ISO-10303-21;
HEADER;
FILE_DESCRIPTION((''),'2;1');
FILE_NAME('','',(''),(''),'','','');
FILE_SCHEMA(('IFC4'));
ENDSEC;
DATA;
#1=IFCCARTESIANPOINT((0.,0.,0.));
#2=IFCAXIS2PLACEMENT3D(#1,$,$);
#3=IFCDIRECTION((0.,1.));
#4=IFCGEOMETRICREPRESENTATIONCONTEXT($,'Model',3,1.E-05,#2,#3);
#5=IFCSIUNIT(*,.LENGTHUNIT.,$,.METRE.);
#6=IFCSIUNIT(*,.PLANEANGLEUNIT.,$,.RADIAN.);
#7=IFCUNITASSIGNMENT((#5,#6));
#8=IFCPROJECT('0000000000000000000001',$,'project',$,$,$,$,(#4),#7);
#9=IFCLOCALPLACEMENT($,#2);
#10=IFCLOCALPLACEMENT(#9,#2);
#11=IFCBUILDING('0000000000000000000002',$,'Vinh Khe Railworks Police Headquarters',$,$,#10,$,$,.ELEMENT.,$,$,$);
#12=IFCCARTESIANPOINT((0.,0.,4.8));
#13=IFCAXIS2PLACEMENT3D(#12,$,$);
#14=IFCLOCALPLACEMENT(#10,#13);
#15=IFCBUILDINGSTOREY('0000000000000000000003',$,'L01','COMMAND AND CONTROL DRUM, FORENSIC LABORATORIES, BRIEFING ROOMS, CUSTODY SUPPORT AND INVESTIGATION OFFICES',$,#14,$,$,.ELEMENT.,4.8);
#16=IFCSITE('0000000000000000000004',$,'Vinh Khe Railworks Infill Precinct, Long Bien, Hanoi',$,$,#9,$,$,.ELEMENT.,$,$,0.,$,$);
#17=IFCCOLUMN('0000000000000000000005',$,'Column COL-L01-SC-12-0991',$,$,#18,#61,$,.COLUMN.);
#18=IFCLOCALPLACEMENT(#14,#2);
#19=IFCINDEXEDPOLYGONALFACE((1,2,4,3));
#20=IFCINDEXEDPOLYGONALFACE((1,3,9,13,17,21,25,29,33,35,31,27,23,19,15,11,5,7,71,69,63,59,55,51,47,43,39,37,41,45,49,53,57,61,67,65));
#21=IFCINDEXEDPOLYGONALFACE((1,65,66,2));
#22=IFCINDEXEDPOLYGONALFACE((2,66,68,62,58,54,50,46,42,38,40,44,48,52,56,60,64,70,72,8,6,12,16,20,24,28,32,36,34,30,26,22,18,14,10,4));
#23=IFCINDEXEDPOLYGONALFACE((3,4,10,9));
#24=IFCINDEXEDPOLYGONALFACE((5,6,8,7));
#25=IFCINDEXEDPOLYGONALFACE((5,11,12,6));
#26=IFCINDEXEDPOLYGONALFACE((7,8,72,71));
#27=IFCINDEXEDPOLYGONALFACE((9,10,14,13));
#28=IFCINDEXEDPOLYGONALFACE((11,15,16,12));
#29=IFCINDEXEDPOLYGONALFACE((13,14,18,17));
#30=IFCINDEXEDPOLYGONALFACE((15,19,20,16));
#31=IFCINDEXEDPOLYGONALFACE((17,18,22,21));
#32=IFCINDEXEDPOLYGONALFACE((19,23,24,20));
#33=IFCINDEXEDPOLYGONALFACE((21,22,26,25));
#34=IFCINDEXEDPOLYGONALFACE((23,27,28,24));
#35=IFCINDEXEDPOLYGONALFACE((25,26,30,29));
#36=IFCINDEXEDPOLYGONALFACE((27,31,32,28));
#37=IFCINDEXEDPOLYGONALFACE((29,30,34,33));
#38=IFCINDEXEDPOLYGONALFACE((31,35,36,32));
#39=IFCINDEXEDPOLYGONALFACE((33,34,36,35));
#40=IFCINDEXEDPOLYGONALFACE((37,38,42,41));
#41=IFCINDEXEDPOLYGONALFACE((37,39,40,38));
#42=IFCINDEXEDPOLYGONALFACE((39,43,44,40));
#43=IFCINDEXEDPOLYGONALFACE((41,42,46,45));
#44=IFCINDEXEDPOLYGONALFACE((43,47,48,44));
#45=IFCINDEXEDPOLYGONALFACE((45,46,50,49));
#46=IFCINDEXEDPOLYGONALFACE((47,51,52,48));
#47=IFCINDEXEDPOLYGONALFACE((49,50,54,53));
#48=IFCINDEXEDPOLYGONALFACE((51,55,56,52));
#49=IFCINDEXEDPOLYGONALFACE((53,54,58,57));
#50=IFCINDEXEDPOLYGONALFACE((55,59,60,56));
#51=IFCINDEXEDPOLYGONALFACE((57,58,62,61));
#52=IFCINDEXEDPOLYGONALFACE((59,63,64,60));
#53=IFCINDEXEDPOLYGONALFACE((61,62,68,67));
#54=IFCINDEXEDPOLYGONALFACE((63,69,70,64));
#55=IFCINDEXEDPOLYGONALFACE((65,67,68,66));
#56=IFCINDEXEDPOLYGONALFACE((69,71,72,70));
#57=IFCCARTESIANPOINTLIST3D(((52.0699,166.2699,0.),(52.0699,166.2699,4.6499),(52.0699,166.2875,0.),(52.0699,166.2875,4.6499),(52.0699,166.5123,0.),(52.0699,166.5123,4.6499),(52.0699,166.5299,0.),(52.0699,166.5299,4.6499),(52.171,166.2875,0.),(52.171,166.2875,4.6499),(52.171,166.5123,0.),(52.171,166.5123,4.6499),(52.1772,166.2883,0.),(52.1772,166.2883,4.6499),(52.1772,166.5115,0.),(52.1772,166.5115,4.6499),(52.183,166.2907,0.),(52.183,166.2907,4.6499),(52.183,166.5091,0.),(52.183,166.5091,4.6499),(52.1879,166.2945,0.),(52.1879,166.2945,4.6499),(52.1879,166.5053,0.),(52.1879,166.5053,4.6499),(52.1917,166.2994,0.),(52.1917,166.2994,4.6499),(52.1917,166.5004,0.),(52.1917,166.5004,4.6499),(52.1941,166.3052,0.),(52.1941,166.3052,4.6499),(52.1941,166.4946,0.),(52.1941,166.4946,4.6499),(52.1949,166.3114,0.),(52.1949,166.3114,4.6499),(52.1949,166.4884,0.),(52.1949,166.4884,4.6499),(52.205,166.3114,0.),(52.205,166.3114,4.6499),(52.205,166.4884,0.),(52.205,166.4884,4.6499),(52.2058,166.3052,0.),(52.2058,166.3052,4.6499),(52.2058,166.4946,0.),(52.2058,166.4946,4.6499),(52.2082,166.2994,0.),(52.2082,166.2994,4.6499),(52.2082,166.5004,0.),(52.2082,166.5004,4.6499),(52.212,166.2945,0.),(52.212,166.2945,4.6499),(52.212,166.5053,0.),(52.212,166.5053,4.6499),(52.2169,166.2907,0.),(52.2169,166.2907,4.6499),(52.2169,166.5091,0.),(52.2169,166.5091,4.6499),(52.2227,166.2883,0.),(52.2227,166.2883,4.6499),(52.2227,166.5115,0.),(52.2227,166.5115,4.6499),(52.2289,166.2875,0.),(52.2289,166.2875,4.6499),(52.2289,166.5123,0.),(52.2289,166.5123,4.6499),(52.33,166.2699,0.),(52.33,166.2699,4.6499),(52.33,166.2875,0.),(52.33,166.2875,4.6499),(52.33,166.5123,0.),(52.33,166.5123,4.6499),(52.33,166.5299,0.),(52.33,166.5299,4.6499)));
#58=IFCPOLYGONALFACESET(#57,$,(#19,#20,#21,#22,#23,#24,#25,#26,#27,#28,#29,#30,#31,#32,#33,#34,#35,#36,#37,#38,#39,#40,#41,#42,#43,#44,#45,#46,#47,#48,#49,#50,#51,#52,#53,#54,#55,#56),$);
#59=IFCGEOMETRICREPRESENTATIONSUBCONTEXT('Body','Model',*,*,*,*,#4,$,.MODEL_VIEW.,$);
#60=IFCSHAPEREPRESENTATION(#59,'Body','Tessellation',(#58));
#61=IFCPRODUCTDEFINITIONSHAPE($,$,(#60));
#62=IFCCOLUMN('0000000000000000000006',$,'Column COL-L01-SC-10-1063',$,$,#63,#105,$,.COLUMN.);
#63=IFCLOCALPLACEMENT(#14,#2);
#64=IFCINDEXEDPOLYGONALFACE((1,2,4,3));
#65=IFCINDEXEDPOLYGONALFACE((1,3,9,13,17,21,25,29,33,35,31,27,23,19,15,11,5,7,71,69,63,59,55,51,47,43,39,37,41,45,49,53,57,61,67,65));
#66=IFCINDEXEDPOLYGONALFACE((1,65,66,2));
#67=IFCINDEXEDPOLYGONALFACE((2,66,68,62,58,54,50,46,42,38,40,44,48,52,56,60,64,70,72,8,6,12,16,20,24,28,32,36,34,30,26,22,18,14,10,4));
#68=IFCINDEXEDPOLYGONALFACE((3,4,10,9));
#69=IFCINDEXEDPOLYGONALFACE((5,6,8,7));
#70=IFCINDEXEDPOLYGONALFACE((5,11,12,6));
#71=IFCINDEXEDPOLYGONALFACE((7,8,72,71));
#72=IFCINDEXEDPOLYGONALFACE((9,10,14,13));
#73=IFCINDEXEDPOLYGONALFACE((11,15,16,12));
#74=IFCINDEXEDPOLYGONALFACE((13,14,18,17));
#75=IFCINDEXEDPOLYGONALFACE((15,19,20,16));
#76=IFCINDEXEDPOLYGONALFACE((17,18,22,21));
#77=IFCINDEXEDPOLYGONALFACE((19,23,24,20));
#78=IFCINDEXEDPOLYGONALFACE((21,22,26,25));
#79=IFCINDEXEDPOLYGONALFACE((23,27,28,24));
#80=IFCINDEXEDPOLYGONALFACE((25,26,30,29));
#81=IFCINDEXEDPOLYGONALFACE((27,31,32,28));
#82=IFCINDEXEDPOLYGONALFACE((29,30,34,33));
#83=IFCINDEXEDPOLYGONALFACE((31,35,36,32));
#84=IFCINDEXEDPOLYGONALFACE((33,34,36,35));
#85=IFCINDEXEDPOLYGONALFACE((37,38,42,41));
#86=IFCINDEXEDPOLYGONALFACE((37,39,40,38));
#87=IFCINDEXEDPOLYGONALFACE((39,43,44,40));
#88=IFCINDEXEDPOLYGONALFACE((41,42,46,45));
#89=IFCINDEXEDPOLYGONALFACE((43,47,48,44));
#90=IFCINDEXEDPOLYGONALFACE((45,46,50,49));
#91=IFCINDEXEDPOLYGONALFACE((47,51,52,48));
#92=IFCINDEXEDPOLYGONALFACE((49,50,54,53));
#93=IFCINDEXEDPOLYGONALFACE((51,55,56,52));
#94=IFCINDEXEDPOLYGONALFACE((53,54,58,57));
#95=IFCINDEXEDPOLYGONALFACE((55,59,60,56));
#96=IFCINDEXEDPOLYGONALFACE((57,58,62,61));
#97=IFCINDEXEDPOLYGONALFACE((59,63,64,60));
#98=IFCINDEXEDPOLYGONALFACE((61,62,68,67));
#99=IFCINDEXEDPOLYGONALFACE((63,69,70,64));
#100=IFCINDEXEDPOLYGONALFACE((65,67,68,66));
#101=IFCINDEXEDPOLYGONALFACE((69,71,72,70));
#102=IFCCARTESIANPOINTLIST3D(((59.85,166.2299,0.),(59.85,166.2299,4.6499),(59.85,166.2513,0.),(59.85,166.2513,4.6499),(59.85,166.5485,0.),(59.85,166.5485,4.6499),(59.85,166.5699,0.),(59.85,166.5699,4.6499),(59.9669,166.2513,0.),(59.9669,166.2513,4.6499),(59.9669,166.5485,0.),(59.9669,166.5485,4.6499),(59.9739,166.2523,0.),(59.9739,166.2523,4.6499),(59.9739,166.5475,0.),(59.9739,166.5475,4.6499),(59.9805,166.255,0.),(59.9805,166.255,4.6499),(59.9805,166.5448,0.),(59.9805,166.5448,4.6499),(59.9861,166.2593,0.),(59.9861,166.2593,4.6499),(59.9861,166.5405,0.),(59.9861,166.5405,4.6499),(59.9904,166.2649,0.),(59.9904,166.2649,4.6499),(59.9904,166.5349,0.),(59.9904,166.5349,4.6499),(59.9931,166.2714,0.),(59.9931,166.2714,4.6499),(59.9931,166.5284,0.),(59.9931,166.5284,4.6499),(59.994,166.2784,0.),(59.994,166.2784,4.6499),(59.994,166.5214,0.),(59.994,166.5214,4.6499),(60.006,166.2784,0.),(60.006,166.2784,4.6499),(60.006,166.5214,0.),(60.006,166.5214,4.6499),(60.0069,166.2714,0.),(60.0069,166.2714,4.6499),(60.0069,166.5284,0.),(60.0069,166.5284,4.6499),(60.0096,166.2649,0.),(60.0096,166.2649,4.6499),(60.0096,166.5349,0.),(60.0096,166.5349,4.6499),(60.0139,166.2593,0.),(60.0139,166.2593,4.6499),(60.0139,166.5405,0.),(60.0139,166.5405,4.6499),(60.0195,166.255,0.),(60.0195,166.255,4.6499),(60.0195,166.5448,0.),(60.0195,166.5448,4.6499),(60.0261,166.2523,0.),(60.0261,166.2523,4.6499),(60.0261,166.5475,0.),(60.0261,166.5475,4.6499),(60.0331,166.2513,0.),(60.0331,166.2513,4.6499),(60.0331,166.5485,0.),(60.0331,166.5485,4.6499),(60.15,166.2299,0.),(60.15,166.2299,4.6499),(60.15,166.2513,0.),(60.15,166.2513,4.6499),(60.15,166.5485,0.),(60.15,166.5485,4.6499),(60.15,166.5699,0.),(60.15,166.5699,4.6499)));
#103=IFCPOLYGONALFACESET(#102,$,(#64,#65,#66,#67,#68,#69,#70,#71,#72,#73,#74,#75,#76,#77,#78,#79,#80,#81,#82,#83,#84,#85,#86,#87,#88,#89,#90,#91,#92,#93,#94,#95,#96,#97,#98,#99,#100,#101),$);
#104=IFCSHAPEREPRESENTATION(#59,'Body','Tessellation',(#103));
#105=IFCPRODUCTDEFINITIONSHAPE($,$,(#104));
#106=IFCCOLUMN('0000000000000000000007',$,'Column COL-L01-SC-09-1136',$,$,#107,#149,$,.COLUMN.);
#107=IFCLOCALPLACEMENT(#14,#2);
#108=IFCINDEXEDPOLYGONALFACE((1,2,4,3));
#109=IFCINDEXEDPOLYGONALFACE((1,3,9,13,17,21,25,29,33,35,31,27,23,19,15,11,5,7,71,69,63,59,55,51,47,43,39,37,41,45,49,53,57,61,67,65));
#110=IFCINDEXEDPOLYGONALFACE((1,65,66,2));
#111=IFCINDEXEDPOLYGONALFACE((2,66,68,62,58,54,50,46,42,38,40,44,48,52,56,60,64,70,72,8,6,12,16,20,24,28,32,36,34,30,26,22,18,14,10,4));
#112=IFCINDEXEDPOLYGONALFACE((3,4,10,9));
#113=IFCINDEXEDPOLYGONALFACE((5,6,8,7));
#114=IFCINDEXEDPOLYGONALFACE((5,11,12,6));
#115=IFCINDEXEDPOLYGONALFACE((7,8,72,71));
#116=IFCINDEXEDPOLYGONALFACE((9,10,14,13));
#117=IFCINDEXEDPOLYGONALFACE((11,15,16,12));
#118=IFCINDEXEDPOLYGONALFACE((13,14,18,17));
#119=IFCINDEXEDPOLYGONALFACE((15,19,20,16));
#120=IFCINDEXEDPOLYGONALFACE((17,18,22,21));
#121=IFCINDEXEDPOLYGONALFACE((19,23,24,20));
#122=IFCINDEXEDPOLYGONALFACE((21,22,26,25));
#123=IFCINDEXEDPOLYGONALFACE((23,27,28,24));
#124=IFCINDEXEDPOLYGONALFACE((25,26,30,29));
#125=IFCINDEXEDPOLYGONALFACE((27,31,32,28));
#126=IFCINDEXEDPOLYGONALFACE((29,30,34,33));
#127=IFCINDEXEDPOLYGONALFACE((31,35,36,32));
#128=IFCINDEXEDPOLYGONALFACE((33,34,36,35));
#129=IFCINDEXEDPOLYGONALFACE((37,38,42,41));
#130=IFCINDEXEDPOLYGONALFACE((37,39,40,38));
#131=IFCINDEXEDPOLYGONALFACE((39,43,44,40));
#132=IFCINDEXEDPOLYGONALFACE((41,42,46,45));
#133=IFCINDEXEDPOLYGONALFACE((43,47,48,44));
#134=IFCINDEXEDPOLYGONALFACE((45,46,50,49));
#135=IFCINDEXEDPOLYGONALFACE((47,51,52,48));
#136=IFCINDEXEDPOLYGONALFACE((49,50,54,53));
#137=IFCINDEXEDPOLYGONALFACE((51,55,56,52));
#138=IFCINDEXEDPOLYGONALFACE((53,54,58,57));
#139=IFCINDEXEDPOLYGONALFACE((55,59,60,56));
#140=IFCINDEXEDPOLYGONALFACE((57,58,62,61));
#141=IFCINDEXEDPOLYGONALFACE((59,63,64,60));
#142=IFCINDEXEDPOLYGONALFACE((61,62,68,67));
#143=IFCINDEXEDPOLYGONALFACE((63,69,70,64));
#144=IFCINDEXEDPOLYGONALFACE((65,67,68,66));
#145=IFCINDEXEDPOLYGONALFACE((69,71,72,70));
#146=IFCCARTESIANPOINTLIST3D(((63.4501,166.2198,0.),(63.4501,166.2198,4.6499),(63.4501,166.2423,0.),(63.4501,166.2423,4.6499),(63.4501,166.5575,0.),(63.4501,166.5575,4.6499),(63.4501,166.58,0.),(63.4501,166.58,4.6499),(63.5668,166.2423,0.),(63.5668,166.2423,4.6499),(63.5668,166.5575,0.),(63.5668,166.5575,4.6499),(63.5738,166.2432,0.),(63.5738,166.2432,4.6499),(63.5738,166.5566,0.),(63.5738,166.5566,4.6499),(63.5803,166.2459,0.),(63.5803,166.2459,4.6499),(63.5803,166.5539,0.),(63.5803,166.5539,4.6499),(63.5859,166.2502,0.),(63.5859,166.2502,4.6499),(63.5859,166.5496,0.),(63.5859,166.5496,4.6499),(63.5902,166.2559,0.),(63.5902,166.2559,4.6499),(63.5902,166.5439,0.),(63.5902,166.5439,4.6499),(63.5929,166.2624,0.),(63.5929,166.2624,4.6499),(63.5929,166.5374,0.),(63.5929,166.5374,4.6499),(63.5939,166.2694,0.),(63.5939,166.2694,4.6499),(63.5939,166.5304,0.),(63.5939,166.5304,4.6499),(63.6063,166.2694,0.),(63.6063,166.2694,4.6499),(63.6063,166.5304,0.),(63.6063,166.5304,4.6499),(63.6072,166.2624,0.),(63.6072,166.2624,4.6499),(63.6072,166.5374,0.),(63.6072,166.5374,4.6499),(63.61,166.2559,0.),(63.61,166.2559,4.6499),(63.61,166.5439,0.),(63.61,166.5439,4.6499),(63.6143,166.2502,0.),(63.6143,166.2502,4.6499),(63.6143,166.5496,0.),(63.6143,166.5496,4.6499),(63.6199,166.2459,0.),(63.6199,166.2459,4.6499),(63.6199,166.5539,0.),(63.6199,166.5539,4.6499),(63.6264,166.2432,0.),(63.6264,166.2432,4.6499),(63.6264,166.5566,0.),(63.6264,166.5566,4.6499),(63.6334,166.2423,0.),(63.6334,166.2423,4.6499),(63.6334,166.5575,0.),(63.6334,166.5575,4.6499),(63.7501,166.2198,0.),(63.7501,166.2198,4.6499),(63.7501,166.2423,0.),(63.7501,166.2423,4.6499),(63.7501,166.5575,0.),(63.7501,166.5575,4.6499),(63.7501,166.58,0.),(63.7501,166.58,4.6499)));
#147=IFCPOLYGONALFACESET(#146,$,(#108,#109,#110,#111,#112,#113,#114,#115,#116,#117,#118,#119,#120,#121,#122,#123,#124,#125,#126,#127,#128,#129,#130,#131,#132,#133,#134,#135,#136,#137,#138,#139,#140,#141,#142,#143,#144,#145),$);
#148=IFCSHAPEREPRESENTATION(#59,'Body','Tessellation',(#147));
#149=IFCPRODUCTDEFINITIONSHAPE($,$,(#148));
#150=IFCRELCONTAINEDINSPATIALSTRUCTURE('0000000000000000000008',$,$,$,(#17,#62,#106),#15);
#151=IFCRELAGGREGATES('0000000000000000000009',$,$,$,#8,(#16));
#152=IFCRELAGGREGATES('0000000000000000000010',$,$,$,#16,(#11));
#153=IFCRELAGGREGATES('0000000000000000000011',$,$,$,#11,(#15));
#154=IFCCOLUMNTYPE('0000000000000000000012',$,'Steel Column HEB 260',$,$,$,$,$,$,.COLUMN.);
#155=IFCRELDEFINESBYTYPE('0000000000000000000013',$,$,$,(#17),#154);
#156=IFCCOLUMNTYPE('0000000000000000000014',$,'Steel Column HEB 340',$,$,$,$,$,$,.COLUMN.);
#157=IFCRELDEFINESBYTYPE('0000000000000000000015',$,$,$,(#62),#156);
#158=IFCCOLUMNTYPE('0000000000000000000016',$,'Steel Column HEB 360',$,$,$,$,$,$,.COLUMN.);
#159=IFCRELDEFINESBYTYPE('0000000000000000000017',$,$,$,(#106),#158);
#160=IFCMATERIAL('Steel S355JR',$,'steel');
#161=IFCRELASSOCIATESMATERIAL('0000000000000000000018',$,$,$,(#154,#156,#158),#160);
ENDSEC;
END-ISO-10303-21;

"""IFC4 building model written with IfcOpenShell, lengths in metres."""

from ifc_helpers import new_model, si_unit, direction, frame, origin, origin_2d, place, context, subcontext, project, spatial, i_section, extrude, material, material_profile, profile_set, type_object, element, save


model = new_model("IFC4")

# Units and contexts
model_context = context("Model", 3, precision=1e-05, world=origin(), true_north=direction((0.0, 1.0)))
body_context = subcontext(model_context, "Body", "Model", "MODEL_VIEW")
ifc_project = project(units=[si_unit("LENGTHUNIT", "METRE"), si_unit("PLANEANGLEUNIT", "RADIAN")], contexts=[model_context])

# Site, building, storey
site_placement = place(None, origin())
site = spatial("IfcSite", under=ifc_project, at=site_placement, Name="Vinh Khe Railworks Infill Precinct, Long Bien, Hanoi", CompositionType="ELEMENT", RefElevation=0.0)
building_placement = place(site_placement, origin())
building = spatial("IfcBuilding", under=site, at=building_placement, Name="Vinh Khe Railworks Police Headquarters", CompositionType="ELEMENT")
storey_placement = place(building_placement, frame((0.0, 0.0, 4.8)))
storey = spatial("IfcBuildingStorey", under=building, at=storey_placement, Name="L01", Description="COMMAND AND CONTROL DRUM, FORENSIC LABORATORIES, BRIEFING ROOMS, CUSTODY SUPPORT AND INVESTIGATION OFFICES", CompositionType="ELEMENT", Elevation=4.8)

# Columns
ifc_material_1 = material(Name="Steel S355JR", Category="steel")
ifc_material_profile_1 = material_profile(ifc_material_1, i_section(OverallWidth=0.26, OverallDepth=0.26, WebThickness=0.01, FlangeThickness=0.0176, FilletRadius=0.0239, at=origin_2d()), Name="HEB 260")
ifc_profile_set_1 = profile_set([ifc_material_profile_1], Name="Steel S355JR")
column_type_1 = type_object("IfcColumnType", Name="Steel Column HEB 260", PredefinedType="COLUMN", material=ifc_profile_set_1)
column_1_placement = place(storey_placement, frame((52.2, 166.3999, 0.0), z_axis=(0.0, 0.0, 1.0), x_axis=(1.0, 0.0, 0.0)))
element("IfcColumn", 1, at=column_1_placement, inside=storey, type_object=column_type_1, Name="Column COL-L01-SC-12-0991", PredefinedType="COLUMN", context=body_context, shape_type="SweptSolid", body=[
    extrude(i_section(OverallWidth=0.26, OverallDepth=0.26, WebThickness=0.01, FlangeThickness=0.0176, FilletRadius=0.0239, at=origin_2d()), origin(), (0.0, 0.0, 1.0), 4.6499),
])
ifc_material_profile_2 = material_profile(ifc_material_1, i_section(OverallWidth=0.3, OverallDepth=0.3401, WebThickness=0.012, FlangeThickness=0.0215, FilletRadius=0.0271, at=origin_2d()), Name="HEB 340")
ifc_profile_set_2 = profile_set([ifc_material_profile_2], Name="Steel S355JR")
column_type_2 = type_object("IfcColumnType", Name="Steel Column HEB 340", PredefinedType="COLUMN", material=ifc_profile_set_2)
column_2_placement = place(storey_placement, frame((60.0, 166.3999, 0.0), z_axis=(0.0, 0.0, 1.0), x_axis=(1.0, 0.0, 0.0)))
element("IfcColumn", 2, at=column_2_placement, inside=storey, type_object=column_type_2, Name="Column COL-L01-SC-10-1063", PredefinedType="COLUMN", context=body_context, shape_type="SweptSolid", body=[
    extrude(i_section(OverallWidth=0.3, OverallDepth=0.3401, WebThickness=0.012, FlangeThickness=0.0215, FilletRadius=0.0271, at=origin_2d()), origin(), (0.0, 0.0, 1.0), 4.6499),
])
ifc_material_profile_3 = material_profile(ifc_material_1, i_section(OverallWidth=0.3, OverallDepth=0.3601, WebThickness=0.0125, FlangeThickness=0.0225, FilletRadius=0.0271, at=origin_2d()), Name="HEB 360")
ifc_profile_set_3 = profile_set([ifc_material_profile_3], Name="Steel S355JR")
column_type_3 = type_object("IfcColumnType", Name="Steel Column HEB 360", PredefinedType="COLUMN", material=ifc_profile_set_3)
column_3_placement = place(storey_placement, frame((63.6001, 166.3999, 0.0), z_axis=(0.0, 0.0, 1.0), x_axis=(1.0, 0.0, 0.0)))
element("IfcColumn", 3, at=column_3_placement, inside=storey, type_object=column_type_3, Name="Column COL-L01-SC-09-1136", PredefinedType="COLUMN", context=body_context, shape_type="SweptSolid", body=[
    extrude(i_section(OverallWidth=0.3, OverallDepth=0.3601, WebThickness=0.0125, FlangeThickness=0.0225, FilletRadius=0.0271, at=origin_2d()), origin(), (0.0, 0.0, 1.0), 4.6499),
])

save(model, "model.ifc")
